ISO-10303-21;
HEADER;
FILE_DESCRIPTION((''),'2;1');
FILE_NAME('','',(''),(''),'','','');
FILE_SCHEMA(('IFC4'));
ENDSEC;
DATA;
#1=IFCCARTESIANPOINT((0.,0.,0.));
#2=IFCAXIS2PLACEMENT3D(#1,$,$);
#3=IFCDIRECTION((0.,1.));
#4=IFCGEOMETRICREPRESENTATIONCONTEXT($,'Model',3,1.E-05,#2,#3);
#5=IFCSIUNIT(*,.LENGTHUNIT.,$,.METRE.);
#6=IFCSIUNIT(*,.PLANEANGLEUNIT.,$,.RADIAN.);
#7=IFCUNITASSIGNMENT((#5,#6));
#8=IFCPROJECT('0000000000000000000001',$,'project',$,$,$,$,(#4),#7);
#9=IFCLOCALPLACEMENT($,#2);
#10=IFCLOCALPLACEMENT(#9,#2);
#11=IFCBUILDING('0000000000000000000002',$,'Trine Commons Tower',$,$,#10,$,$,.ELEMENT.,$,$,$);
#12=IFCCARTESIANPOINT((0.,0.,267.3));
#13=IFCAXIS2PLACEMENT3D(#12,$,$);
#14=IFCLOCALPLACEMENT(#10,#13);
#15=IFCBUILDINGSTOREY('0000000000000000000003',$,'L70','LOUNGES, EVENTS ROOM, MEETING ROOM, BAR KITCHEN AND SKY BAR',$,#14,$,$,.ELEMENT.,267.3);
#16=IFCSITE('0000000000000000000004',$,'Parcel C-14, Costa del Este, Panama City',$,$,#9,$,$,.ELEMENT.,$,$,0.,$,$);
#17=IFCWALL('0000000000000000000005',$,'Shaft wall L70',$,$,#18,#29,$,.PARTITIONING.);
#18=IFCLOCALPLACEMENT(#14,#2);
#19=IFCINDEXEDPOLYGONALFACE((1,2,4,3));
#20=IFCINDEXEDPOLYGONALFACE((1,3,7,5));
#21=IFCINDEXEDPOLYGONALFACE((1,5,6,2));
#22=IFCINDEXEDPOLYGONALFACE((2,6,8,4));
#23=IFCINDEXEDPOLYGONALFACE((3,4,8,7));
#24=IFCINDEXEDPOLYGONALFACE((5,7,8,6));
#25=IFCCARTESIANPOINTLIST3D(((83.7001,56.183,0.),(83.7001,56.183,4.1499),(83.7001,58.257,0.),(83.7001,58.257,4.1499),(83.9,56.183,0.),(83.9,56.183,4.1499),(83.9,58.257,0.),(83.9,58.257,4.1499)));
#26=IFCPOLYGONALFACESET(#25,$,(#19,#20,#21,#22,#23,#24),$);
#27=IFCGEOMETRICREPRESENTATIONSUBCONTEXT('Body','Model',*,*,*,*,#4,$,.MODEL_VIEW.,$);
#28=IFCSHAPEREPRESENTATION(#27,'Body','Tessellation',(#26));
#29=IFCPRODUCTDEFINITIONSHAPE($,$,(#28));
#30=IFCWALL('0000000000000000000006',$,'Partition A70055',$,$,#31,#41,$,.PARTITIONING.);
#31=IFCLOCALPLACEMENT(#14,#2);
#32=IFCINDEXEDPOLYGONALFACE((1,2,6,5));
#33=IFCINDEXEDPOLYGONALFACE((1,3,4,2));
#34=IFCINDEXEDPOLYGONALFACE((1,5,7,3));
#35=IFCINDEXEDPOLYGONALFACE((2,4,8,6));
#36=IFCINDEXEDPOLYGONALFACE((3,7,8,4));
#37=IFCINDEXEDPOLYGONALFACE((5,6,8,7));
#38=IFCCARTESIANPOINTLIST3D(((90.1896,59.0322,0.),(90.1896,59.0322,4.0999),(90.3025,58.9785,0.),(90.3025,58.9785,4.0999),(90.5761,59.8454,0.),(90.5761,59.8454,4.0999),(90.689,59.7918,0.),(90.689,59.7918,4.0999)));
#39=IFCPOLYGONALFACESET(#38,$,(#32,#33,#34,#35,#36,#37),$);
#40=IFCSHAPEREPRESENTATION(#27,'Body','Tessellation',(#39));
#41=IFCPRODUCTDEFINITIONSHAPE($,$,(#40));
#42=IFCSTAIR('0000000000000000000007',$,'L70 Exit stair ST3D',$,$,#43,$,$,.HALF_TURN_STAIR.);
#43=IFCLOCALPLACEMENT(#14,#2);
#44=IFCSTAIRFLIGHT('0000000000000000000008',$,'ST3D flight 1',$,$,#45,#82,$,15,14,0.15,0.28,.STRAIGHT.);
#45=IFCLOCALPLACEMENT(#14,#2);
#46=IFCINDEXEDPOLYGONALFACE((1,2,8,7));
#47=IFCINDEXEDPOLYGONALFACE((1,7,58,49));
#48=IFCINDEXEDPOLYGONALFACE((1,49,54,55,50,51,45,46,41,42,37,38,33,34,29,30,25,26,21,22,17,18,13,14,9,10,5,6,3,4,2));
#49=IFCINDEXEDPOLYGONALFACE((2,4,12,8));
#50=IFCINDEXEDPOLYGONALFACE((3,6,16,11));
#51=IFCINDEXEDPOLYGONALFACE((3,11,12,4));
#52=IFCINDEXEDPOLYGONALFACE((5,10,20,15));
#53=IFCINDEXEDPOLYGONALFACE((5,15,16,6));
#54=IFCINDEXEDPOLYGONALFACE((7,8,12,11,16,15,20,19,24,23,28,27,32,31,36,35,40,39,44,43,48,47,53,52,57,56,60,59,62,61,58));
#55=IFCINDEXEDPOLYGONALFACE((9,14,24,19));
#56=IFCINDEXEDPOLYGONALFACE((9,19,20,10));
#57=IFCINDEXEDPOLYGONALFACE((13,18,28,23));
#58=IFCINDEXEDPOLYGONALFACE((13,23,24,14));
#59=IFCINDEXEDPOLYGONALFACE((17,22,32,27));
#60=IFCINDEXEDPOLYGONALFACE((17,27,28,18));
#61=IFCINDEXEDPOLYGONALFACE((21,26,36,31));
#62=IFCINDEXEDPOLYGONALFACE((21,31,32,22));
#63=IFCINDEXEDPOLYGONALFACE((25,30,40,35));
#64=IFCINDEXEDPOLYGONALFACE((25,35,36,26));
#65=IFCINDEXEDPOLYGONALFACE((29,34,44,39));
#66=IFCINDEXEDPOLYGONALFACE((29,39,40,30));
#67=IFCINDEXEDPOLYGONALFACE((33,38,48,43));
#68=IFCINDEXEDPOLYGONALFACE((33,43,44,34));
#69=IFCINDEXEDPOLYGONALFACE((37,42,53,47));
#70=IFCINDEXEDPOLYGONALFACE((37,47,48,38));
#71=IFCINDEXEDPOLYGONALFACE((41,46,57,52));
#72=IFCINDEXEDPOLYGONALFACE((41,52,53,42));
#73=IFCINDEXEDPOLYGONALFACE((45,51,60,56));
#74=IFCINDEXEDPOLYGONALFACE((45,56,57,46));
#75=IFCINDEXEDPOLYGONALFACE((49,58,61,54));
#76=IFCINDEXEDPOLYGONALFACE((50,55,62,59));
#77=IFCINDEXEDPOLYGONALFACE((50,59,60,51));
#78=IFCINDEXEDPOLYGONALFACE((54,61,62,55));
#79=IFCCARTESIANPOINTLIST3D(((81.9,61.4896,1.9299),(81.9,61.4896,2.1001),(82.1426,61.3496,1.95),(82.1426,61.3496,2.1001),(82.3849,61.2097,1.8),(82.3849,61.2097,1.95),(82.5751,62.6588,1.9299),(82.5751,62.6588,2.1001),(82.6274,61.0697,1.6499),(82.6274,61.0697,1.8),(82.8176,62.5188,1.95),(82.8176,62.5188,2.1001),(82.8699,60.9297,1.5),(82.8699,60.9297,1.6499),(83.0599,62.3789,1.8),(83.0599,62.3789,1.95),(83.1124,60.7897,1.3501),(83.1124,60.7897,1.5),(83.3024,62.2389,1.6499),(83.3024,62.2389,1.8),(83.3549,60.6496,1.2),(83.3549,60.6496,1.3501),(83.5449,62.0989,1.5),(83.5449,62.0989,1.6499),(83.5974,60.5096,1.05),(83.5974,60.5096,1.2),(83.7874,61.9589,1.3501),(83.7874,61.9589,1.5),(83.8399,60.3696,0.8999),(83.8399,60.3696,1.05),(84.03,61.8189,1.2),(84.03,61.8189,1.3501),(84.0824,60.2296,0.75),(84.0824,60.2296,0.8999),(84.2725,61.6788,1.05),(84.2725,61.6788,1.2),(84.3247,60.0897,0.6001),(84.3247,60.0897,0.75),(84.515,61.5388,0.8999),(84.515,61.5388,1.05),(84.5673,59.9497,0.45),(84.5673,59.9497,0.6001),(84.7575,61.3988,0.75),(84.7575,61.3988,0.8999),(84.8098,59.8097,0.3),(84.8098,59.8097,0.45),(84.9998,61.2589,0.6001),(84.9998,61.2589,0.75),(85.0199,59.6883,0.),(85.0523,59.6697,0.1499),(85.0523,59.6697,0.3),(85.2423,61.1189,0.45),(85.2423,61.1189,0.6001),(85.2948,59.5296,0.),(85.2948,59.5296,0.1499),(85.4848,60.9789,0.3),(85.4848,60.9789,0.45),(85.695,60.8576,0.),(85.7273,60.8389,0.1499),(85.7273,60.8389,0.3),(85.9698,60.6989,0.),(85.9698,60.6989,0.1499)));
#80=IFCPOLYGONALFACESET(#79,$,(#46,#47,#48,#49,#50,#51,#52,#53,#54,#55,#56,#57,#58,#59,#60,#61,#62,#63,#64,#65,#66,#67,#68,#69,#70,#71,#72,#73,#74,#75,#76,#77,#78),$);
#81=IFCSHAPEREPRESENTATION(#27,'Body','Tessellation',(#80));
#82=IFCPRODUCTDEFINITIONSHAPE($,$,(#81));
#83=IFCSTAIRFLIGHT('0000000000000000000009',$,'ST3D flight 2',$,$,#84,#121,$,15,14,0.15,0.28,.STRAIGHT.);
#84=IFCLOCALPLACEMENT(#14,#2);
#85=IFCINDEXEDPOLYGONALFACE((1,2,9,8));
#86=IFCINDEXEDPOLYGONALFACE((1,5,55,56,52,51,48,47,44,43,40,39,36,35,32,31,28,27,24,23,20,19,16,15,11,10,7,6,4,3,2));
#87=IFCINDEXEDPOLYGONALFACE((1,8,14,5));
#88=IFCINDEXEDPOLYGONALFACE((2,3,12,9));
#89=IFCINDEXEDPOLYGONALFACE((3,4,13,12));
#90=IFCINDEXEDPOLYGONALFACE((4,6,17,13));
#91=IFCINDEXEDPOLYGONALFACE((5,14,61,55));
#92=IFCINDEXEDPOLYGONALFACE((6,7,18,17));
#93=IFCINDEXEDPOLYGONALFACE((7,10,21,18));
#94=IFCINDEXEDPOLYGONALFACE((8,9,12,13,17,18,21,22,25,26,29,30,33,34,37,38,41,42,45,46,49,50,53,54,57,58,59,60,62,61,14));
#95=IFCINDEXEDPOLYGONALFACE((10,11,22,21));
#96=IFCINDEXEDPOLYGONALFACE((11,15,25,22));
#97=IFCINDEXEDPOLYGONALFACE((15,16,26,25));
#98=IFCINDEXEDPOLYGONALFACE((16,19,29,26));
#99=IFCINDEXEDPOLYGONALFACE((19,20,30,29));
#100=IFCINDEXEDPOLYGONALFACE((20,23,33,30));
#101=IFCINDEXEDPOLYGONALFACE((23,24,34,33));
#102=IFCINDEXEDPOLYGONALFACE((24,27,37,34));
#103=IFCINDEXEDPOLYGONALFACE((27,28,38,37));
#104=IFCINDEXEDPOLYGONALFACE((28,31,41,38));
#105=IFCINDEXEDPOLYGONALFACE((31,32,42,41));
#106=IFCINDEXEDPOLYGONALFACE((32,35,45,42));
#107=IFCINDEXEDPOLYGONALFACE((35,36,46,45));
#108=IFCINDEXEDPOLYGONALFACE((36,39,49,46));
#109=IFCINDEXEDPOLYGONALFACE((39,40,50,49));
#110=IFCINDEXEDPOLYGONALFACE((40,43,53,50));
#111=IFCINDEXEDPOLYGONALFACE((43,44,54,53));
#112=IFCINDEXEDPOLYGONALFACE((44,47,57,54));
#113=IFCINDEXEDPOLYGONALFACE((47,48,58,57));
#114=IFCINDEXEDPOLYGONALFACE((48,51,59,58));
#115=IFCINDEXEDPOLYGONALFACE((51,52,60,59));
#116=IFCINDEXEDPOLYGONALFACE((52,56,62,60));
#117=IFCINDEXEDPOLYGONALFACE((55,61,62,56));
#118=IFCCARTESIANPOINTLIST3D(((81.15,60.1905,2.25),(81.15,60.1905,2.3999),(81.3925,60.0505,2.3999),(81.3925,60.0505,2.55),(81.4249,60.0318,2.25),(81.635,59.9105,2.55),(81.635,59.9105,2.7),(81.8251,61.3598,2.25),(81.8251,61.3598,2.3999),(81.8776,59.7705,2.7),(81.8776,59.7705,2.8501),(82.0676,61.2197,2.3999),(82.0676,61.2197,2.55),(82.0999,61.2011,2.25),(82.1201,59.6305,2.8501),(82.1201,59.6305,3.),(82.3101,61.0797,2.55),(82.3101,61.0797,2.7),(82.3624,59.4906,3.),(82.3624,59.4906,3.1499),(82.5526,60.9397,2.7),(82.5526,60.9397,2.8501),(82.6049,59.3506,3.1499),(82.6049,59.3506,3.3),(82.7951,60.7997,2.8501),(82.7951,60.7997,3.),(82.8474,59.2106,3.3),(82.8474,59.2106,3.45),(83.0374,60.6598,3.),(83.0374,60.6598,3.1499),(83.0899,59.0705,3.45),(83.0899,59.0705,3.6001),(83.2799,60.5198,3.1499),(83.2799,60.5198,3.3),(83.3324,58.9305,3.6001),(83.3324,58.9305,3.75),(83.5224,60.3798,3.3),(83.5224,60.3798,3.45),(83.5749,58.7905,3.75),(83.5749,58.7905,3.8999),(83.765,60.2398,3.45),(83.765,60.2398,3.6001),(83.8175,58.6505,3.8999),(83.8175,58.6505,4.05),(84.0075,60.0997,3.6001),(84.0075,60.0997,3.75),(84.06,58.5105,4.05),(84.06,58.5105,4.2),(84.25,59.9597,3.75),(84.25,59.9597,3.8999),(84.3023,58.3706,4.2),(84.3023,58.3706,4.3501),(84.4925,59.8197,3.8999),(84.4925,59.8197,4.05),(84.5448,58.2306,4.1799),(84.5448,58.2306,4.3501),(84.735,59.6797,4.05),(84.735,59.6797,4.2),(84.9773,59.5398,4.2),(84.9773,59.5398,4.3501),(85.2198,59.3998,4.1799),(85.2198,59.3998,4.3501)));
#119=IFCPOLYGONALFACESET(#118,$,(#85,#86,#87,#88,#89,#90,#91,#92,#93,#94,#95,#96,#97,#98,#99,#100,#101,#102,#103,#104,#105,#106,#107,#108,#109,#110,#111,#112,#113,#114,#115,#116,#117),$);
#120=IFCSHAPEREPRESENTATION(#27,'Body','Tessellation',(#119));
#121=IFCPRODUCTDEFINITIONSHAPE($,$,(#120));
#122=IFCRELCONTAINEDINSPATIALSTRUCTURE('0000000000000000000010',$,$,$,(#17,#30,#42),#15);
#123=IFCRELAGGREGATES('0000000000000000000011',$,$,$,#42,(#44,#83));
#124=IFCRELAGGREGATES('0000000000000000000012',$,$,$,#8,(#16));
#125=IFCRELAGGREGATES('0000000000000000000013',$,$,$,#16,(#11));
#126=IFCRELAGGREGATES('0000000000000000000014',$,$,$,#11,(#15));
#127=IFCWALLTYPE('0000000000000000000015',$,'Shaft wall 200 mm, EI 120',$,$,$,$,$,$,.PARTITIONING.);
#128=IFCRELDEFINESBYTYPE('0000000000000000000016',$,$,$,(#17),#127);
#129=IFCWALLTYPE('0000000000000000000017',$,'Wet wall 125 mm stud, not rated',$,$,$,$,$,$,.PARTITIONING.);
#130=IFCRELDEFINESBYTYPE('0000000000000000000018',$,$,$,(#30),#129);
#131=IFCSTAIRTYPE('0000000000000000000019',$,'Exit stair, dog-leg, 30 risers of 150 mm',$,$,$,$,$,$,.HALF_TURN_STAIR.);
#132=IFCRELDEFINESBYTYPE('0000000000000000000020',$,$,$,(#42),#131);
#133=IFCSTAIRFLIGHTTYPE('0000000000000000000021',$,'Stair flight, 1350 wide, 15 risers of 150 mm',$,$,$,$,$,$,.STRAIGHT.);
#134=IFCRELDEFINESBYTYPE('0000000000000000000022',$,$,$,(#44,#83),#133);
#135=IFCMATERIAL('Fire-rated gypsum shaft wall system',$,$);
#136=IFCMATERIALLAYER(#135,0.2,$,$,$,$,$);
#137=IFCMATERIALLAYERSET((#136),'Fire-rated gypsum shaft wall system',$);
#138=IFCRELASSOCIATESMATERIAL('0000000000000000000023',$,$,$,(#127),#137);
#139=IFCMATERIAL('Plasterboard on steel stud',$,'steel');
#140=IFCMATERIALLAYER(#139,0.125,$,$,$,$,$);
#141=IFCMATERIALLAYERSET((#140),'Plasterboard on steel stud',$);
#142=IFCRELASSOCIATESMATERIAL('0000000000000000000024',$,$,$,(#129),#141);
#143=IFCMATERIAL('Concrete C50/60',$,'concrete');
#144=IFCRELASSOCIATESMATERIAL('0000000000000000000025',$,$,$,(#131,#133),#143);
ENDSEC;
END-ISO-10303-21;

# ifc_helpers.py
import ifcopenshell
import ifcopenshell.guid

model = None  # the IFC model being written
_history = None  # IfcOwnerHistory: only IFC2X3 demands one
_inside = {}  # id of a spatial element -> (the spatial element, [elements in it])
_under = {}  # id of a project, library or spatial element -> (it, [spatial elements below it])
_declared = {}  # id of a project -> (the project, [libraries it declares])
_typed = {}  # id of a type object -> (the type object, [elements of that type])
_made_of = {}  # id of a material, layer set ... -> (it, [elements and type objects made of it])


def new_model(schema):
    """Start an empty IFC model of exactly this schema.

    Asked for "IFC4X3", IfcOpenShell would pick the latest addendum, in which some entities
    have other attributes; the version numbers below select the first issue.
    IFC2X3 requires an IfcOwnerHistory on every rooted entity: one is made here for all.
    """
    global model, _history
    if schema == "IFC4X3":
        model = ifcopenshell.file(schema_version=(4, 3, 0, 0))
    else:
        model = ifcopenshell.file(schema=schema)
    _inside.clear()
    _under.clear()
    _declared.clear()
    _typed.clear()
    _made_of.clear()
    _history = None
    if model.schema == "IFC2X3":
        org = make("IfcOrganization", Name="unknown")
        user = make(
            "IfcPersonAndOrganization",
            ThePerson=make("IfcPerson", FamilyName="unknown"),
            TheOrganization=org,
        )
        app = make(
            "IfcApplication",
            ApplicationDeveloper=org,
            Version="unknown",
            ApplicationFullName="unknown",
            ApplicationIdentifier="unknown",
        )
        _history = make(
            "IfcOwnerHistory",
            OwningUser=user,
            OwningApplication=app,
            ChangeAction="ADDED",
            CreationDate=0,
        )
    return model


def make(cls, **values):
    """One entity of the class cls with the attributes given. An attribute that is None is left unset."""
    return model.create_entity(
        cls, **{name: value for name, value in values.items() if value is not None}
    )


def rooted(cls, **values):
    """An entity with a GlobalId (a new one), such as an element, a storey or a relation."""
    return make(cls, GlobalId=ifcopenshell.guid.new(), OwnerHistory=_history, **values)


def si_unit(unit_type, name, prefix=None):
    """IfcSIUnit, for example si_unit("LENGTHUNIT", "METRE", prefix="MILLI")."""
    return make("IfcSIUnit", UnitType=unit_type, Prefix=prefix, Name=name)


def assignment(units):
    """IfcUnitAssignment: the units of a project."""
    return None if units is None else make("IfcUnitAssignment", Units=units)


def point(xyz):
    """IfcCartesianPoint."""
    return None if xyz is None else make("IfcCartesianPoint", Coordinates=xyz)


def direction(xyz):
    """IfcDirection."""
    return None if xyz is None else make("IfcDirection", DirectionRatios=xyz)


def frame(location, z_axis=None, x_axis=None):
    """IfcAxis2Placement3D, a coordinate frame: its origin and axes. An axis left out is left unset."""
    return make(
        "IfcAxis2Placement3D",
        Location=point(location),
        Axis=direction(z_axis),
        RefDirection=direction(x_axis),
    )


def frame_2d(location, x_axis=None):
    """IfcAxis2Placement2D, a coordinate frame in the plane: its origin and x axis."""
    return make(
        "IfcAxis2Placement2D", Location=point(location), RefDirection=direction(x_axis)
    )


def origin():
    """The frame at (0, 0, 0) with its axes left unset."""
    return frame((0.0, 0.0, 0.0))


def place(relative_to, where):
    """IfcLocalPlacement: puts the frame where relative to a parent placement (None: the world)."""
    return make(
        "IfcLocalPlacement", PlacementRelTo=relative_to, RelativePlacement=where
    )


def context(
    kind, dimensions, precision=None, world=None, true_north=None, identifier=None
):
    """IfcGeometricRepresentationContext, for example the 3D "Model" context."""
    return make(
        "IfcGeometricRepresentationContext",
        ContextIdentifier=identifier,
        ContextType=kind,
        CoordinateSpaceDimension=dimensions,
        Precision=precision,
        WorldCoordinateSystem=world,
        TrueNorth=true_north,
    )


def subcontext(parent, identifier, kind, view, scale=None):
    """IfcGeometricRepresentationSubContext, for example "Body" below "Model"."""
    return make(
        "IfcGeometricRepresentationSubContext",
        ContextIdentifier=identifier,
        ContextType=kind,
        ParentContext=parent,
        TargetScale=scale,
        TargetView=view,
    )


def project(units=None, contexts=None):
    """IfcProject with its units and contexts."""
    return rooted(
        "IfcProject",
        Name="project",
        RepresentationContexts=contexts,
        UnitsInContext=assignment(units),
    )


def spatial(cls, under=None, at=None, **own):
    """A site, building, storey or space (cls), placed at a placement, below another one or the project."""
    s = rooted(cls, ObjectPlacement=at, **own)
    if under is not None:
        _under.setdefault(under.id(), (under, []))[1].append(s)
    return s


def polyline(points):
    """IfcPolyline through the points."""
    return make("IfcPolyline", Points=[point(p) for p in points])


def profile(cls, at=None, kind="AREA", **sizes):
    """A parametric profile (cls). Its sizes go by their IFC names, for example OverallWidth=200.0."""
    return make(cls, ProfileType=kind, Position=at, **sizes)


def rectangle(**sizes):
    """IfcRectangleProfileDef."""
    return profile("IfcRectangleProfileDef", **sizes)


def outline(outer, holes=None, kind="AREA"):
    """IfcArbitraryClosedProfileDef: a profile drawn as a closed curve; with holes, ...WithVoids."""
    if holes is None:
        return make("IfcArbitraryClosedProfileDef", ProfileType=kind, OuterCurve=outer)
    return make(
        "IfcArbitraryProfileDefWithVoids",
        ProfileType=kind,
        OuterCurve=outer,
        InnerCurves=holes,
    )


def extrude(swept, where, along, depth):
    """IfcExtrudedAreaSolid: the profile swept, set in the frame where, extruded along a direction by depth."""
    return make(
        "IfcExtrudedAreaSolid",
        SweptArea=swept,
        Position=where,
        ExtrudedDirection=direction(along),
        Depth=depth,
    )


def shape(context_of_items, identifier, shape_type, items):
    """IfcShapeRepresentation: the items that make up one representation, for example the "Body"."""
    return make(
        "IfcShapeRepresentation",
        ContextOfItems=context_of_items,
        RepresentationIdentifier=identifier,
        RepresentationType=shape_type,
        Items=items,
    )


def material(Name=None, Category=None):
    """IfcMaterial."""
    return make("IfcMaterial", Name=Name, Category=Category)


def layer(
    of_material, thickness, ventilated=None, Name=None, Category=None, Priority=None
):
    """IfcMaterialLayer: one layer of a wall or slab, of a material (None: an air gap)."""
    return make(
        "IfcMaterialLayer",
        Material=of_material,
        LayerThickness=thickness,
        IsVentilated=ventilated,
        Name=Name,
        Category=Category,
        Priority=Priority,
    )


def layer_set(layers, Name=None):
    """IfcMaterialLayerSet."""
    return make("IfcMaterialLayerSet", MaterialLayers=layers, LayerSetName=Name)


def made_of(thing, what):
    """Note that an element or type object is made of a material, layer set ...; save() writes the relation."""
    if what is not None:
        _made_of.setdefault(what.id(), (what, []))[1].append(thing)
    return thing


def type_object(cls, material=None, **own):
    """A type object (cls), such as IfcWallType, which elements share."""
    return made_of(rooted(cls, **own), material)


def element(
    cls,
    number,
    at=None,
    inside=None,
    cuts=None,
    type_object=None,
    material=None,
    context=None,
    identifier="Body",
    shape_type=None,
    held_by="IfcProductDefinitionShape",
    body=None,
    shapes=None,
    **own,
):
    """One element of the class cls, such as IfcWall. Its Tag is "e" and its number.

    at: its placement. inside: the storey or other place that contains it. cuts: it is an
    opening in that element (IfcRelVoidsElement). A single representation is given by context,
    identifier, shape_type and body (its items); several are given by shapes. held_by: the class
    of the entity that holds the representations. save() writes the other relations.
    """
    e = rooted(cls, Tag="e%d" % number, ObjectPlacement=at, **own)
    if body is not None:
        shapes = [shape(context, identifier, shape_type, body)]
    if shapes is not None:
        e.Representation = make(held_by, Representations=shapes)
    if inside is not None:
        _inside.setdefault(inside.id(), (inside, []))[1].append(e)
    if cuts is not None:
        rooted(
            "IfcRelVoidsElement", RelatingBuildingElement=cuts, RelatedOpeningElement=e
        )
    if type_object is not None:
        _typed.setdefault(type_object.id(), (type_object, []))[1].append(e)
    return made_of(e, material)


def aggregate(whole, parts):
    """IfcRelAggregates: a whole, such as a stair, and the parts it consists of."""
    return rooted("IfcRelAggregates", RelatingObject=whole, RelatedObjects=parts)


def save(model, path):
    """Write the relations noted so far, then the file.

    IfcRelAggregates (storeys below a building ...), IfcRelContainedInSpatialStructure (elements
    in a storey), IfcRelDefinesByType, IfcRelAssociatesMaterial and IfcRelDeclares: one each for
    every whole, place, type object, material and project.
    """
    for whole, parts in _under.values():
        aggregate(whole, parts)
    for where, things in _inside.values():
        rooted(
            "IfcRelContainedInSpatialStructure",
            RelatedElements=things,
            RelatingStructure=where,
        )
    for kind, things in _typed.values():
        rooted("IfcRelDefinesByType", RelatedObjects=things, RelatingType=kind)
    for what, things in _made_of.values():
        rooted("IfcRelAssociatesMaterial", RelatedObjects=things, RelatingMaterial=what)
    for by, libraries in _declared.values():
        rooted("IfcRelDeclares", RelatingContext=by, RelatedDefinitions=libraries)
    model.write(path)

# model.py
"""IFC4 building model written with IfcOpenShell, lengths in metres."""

from ifc_helpers import new_model, si_unit, direction, frame, frame_2d, origin, place, context, subcontext, project, spatial, polyline, rectangle, outline, extrude, material, layer, layer_set, type_object, element, aggregate, save


model = new_model("IFC4")

# Units and contexts
model_context = context("Model", 3, precision=1e-05, world=origin(), true_north=direction((0.0, 1.0)))
body_context = subcontext(model_context, "Body", "Model", "MODEL_VIEW")
ifc_project = project(units=[si_unit("LENGTHUNIT", "METRE"), si_unit("PLANEANGLEUNIT", "RADIAN")], contexts=[model_context])

# Site, building, storey
site_placement = place(None, origin())
site = spatial("IfcSite", under=ifc_project, at=site_placement, Name="Parcel C-14, Costa del Este, Panama City", CompositionType="ELEMENT", RefElevation=0.0)
building_placement = place(site_placement, origin())
building = spatial("IfcBuilding", under=site, at=building_placement, Name="Trine Commons Tower", CompositionType="ELEMENT")
storey_placement = place(building_placement, frame((0.0, 0.0, 267.3)))
storey = spatial("IfcBuildingStorey", under=building, at=storey_placement, Name="L70", Description="LOUNGES, EVENTS ROOM, MEETING ROOM, BAR KITCHEN AND SKY BAR", CompositionType="ELEMENT", Elevation=267.3)

# Shared definitions
ifc_material_1 = material(Name="Plasterboard on steel stud", Category="steel")
ifc_material_2 = material(Name="Concrete C50/60", Category="concrete")

# Walls
ifc_material_3 = material(Name="Fire-rated gypsum shaft wall system")
ifc_layer_1 = layer(ifc_material_3, 0.2)
ifc_layer_set_1 = layer_set([ifc_layer_1], Name="Fire-rated gypsum shaft wall system")
wall_type_1 = type_object("IfcWallType", Name="Shaft wall 200 mm, EI 120", PredefinedType="PARTITIONING", material=ifc_layer_set_1)
wall_1_placement = place(storey_placement, frame((83.8, 58.2571, 0.0), z_axis=(0.0, 0.0, 1.0), x_axis=(0.0, -1.0, 0.0)))
element("IfcWall", 1, at=wall_1_placement, inside=storey, type_object=wall_type_1, Name="Shaft wall L70", PredefinedType="PARTITIONING", context=body_context, shape_type="SweptSolid", body=[
    extrude(rectangle(XDim=2.074, YDim=0.2, at=frame_2d((1.0371, 0.0))), origin(), (0.0, 0.0, 1.0), 4.1499),
])
ifc_layer_2 = layer(ifc_material_1, 0.125)
ifc_layer_set_2 = layer_set([ifc_layer_2], Name="Plasterboard on steel stud")
wall_type_2 = type_object("IfcWallType", Name="Wet wall 125 mm stud, not rated", PredefinedType="PARTITIONING", material=ifc_layer_set_2)
wall_2_placement = place(storey_placement, frame((90.2461, 59.0054, 0.0), z_axis=(0.0, 0.0, 1.0), x_axis=(0.429228, 0.903196, 0.0)))
element("IfcWall", 2, at=wall_2_placement, inside=storey, type_object=wall_type_2, Name="Partition A70055", PredefinedType="PARTITIONING", context=body_context, shape_type="SweptSolid", body=[
    extrude(rectangle(XDim=0.9004, YDim=0.125, at=frame_2d((0.4502, 0.0))), origin(), (0.0, 0.0, 1.0), 4.0999),
])

# Stair, stair flights
stair_type = type_object("IfcStairType", Name="Exit stair, dog-leg, 30 risers of 150 mm", PredefinedType="HALF_TURN_STAIR", material=ifc_material_2)
stair_placement = place(storey_placement, origin())
stair = element("IfcStair", 3, at=stair_placement, inside=storey, type_object=stair_type, Name="L70 Exit stair ST3D", PredefinedType="HALF_TURN_STAIR")
stair_flight_type = type_object("IfcStairFlightType", Name="Stair flight, 1350 wide, 15 risers of 150 mm", PredefinedType="STRAIGHT", material=ifc_material_2)
stair_flight_1_placement = place(storey_placement, frame((85.6323, 60.1143, 0.0), z_axis=(0.0, 0.0, 1.0), x_axis=(-0.866025, 0.5, 0.0)))
stair_flight_1 = element("IfcStairFlight", 4, at=stair_flight_1_placement, type_object=stair_flight_type, Name="ST3D flight 1", NumberOfRisers=15, NumberOfTreads=14, PredefinedType="STRAIGHT", RiserHeight=0.15, TreadLength=0.28, context=body_context, shape_type="SweptSolid", body=[
    extrude(outline(polyline([(0.0, 0.0), (0.0, 0.1499), (0.28, 0.1499), (0.28, 0.3), (0.5601, 0.3), (0.5601, 0.45), (0.8401, 0.45), (0.8401, 0.6001), (1.1201, 0.6001), (1.1201, 0.75), (1.3999, 0.75), (1.3999, 0.8999), (1.6799, 0.8999), (1.6799, 1.05), (1.96, 1.05), (1.96, 1.2), (2.24, 1.2), (2.24, 1.3501), (2.52, 1.3501), (2.52, 1.5), (2.8, 1.5), (2.8, 1.6499), (3.0801, 1.6499), (3.0801, 1.8), (3.3601, 1.8), (3.3601, 1.95), (3.6399, 1.95), (3.6399, 2.1001), (3.9199, 2.1001), (3.9199, 2.25), (3.9199, 1.9299), (0.3174, 0.0), (0.0, 0.0)])), frame((0.0, 0.675, 0.0), z_axis=(0.0, -1.0, 0.0), x_axis=(1.0, 0.0, 0.0)), (0.0, 0.0, 1.0), 1.3501),
])
stair_flight_2_placement = place(storey_placement, frame((81.4875, 60.7751, 2.25), z_axis=(0.0, 0.0, 1.0), x_axis=(0.866025, -0.5, 0.0)))
stair_flight_2 = element("IfcStairFlight", 5, at=stair_flight_2_placement, type_object=stair_flight_type, Name="ST3D flight 2", NumberOfRisers=15, NumberOfTreads=14, PredefinedType="STRAIGHT", RiserHeight=0.15, TreadLength=0.28, context=body_context, shape_type="SweptSolid", body=[
    extrude(outline(polyline([(0.0, 0.0), (0.0, 0.1499), (0.28, 0.1499), (0.28, 0.3), (0.5601, 0.3), (0.5601, 0.45), (0.8401, 0.45), (0.8401, 0.6001), (1.1201, 0.6001), (1.1201, 0.75), (1.3999, 0.75), (1.3999, 0.8999), (1.6799, 0.8999), (1.6799, 1.05), (1.96, 1.05), (1.96, 1.2), (2.24, 1.2), (2.24, 1.3501), (2.52, 1.3501), (2.52, 1.5), (2.8, 1.5), (2.8, 1.6499), (3.0801, 1.6499), (3.0801, 1.8), (3.3601, 1.8), (3.3601, 1.95), (3.6399, 1.95), (3.6399, 2.1001), (3.9199, 2.1001), (3.9199, 2.25), (3.9199, 1.9299), (0.3174, 0.0), (0.0, 0.0)])), frame((0.0, 0.675, 0.0), z_axis=(0.0, -1.0, 0.0), x_axis=(1.0, 0.0, 0.0)), (0.0, 0.0, 1.0), 1.3501),
])
aggregate(stair, [stair_flight_1, stair_flight_2])

save(model, "model.ifc")
